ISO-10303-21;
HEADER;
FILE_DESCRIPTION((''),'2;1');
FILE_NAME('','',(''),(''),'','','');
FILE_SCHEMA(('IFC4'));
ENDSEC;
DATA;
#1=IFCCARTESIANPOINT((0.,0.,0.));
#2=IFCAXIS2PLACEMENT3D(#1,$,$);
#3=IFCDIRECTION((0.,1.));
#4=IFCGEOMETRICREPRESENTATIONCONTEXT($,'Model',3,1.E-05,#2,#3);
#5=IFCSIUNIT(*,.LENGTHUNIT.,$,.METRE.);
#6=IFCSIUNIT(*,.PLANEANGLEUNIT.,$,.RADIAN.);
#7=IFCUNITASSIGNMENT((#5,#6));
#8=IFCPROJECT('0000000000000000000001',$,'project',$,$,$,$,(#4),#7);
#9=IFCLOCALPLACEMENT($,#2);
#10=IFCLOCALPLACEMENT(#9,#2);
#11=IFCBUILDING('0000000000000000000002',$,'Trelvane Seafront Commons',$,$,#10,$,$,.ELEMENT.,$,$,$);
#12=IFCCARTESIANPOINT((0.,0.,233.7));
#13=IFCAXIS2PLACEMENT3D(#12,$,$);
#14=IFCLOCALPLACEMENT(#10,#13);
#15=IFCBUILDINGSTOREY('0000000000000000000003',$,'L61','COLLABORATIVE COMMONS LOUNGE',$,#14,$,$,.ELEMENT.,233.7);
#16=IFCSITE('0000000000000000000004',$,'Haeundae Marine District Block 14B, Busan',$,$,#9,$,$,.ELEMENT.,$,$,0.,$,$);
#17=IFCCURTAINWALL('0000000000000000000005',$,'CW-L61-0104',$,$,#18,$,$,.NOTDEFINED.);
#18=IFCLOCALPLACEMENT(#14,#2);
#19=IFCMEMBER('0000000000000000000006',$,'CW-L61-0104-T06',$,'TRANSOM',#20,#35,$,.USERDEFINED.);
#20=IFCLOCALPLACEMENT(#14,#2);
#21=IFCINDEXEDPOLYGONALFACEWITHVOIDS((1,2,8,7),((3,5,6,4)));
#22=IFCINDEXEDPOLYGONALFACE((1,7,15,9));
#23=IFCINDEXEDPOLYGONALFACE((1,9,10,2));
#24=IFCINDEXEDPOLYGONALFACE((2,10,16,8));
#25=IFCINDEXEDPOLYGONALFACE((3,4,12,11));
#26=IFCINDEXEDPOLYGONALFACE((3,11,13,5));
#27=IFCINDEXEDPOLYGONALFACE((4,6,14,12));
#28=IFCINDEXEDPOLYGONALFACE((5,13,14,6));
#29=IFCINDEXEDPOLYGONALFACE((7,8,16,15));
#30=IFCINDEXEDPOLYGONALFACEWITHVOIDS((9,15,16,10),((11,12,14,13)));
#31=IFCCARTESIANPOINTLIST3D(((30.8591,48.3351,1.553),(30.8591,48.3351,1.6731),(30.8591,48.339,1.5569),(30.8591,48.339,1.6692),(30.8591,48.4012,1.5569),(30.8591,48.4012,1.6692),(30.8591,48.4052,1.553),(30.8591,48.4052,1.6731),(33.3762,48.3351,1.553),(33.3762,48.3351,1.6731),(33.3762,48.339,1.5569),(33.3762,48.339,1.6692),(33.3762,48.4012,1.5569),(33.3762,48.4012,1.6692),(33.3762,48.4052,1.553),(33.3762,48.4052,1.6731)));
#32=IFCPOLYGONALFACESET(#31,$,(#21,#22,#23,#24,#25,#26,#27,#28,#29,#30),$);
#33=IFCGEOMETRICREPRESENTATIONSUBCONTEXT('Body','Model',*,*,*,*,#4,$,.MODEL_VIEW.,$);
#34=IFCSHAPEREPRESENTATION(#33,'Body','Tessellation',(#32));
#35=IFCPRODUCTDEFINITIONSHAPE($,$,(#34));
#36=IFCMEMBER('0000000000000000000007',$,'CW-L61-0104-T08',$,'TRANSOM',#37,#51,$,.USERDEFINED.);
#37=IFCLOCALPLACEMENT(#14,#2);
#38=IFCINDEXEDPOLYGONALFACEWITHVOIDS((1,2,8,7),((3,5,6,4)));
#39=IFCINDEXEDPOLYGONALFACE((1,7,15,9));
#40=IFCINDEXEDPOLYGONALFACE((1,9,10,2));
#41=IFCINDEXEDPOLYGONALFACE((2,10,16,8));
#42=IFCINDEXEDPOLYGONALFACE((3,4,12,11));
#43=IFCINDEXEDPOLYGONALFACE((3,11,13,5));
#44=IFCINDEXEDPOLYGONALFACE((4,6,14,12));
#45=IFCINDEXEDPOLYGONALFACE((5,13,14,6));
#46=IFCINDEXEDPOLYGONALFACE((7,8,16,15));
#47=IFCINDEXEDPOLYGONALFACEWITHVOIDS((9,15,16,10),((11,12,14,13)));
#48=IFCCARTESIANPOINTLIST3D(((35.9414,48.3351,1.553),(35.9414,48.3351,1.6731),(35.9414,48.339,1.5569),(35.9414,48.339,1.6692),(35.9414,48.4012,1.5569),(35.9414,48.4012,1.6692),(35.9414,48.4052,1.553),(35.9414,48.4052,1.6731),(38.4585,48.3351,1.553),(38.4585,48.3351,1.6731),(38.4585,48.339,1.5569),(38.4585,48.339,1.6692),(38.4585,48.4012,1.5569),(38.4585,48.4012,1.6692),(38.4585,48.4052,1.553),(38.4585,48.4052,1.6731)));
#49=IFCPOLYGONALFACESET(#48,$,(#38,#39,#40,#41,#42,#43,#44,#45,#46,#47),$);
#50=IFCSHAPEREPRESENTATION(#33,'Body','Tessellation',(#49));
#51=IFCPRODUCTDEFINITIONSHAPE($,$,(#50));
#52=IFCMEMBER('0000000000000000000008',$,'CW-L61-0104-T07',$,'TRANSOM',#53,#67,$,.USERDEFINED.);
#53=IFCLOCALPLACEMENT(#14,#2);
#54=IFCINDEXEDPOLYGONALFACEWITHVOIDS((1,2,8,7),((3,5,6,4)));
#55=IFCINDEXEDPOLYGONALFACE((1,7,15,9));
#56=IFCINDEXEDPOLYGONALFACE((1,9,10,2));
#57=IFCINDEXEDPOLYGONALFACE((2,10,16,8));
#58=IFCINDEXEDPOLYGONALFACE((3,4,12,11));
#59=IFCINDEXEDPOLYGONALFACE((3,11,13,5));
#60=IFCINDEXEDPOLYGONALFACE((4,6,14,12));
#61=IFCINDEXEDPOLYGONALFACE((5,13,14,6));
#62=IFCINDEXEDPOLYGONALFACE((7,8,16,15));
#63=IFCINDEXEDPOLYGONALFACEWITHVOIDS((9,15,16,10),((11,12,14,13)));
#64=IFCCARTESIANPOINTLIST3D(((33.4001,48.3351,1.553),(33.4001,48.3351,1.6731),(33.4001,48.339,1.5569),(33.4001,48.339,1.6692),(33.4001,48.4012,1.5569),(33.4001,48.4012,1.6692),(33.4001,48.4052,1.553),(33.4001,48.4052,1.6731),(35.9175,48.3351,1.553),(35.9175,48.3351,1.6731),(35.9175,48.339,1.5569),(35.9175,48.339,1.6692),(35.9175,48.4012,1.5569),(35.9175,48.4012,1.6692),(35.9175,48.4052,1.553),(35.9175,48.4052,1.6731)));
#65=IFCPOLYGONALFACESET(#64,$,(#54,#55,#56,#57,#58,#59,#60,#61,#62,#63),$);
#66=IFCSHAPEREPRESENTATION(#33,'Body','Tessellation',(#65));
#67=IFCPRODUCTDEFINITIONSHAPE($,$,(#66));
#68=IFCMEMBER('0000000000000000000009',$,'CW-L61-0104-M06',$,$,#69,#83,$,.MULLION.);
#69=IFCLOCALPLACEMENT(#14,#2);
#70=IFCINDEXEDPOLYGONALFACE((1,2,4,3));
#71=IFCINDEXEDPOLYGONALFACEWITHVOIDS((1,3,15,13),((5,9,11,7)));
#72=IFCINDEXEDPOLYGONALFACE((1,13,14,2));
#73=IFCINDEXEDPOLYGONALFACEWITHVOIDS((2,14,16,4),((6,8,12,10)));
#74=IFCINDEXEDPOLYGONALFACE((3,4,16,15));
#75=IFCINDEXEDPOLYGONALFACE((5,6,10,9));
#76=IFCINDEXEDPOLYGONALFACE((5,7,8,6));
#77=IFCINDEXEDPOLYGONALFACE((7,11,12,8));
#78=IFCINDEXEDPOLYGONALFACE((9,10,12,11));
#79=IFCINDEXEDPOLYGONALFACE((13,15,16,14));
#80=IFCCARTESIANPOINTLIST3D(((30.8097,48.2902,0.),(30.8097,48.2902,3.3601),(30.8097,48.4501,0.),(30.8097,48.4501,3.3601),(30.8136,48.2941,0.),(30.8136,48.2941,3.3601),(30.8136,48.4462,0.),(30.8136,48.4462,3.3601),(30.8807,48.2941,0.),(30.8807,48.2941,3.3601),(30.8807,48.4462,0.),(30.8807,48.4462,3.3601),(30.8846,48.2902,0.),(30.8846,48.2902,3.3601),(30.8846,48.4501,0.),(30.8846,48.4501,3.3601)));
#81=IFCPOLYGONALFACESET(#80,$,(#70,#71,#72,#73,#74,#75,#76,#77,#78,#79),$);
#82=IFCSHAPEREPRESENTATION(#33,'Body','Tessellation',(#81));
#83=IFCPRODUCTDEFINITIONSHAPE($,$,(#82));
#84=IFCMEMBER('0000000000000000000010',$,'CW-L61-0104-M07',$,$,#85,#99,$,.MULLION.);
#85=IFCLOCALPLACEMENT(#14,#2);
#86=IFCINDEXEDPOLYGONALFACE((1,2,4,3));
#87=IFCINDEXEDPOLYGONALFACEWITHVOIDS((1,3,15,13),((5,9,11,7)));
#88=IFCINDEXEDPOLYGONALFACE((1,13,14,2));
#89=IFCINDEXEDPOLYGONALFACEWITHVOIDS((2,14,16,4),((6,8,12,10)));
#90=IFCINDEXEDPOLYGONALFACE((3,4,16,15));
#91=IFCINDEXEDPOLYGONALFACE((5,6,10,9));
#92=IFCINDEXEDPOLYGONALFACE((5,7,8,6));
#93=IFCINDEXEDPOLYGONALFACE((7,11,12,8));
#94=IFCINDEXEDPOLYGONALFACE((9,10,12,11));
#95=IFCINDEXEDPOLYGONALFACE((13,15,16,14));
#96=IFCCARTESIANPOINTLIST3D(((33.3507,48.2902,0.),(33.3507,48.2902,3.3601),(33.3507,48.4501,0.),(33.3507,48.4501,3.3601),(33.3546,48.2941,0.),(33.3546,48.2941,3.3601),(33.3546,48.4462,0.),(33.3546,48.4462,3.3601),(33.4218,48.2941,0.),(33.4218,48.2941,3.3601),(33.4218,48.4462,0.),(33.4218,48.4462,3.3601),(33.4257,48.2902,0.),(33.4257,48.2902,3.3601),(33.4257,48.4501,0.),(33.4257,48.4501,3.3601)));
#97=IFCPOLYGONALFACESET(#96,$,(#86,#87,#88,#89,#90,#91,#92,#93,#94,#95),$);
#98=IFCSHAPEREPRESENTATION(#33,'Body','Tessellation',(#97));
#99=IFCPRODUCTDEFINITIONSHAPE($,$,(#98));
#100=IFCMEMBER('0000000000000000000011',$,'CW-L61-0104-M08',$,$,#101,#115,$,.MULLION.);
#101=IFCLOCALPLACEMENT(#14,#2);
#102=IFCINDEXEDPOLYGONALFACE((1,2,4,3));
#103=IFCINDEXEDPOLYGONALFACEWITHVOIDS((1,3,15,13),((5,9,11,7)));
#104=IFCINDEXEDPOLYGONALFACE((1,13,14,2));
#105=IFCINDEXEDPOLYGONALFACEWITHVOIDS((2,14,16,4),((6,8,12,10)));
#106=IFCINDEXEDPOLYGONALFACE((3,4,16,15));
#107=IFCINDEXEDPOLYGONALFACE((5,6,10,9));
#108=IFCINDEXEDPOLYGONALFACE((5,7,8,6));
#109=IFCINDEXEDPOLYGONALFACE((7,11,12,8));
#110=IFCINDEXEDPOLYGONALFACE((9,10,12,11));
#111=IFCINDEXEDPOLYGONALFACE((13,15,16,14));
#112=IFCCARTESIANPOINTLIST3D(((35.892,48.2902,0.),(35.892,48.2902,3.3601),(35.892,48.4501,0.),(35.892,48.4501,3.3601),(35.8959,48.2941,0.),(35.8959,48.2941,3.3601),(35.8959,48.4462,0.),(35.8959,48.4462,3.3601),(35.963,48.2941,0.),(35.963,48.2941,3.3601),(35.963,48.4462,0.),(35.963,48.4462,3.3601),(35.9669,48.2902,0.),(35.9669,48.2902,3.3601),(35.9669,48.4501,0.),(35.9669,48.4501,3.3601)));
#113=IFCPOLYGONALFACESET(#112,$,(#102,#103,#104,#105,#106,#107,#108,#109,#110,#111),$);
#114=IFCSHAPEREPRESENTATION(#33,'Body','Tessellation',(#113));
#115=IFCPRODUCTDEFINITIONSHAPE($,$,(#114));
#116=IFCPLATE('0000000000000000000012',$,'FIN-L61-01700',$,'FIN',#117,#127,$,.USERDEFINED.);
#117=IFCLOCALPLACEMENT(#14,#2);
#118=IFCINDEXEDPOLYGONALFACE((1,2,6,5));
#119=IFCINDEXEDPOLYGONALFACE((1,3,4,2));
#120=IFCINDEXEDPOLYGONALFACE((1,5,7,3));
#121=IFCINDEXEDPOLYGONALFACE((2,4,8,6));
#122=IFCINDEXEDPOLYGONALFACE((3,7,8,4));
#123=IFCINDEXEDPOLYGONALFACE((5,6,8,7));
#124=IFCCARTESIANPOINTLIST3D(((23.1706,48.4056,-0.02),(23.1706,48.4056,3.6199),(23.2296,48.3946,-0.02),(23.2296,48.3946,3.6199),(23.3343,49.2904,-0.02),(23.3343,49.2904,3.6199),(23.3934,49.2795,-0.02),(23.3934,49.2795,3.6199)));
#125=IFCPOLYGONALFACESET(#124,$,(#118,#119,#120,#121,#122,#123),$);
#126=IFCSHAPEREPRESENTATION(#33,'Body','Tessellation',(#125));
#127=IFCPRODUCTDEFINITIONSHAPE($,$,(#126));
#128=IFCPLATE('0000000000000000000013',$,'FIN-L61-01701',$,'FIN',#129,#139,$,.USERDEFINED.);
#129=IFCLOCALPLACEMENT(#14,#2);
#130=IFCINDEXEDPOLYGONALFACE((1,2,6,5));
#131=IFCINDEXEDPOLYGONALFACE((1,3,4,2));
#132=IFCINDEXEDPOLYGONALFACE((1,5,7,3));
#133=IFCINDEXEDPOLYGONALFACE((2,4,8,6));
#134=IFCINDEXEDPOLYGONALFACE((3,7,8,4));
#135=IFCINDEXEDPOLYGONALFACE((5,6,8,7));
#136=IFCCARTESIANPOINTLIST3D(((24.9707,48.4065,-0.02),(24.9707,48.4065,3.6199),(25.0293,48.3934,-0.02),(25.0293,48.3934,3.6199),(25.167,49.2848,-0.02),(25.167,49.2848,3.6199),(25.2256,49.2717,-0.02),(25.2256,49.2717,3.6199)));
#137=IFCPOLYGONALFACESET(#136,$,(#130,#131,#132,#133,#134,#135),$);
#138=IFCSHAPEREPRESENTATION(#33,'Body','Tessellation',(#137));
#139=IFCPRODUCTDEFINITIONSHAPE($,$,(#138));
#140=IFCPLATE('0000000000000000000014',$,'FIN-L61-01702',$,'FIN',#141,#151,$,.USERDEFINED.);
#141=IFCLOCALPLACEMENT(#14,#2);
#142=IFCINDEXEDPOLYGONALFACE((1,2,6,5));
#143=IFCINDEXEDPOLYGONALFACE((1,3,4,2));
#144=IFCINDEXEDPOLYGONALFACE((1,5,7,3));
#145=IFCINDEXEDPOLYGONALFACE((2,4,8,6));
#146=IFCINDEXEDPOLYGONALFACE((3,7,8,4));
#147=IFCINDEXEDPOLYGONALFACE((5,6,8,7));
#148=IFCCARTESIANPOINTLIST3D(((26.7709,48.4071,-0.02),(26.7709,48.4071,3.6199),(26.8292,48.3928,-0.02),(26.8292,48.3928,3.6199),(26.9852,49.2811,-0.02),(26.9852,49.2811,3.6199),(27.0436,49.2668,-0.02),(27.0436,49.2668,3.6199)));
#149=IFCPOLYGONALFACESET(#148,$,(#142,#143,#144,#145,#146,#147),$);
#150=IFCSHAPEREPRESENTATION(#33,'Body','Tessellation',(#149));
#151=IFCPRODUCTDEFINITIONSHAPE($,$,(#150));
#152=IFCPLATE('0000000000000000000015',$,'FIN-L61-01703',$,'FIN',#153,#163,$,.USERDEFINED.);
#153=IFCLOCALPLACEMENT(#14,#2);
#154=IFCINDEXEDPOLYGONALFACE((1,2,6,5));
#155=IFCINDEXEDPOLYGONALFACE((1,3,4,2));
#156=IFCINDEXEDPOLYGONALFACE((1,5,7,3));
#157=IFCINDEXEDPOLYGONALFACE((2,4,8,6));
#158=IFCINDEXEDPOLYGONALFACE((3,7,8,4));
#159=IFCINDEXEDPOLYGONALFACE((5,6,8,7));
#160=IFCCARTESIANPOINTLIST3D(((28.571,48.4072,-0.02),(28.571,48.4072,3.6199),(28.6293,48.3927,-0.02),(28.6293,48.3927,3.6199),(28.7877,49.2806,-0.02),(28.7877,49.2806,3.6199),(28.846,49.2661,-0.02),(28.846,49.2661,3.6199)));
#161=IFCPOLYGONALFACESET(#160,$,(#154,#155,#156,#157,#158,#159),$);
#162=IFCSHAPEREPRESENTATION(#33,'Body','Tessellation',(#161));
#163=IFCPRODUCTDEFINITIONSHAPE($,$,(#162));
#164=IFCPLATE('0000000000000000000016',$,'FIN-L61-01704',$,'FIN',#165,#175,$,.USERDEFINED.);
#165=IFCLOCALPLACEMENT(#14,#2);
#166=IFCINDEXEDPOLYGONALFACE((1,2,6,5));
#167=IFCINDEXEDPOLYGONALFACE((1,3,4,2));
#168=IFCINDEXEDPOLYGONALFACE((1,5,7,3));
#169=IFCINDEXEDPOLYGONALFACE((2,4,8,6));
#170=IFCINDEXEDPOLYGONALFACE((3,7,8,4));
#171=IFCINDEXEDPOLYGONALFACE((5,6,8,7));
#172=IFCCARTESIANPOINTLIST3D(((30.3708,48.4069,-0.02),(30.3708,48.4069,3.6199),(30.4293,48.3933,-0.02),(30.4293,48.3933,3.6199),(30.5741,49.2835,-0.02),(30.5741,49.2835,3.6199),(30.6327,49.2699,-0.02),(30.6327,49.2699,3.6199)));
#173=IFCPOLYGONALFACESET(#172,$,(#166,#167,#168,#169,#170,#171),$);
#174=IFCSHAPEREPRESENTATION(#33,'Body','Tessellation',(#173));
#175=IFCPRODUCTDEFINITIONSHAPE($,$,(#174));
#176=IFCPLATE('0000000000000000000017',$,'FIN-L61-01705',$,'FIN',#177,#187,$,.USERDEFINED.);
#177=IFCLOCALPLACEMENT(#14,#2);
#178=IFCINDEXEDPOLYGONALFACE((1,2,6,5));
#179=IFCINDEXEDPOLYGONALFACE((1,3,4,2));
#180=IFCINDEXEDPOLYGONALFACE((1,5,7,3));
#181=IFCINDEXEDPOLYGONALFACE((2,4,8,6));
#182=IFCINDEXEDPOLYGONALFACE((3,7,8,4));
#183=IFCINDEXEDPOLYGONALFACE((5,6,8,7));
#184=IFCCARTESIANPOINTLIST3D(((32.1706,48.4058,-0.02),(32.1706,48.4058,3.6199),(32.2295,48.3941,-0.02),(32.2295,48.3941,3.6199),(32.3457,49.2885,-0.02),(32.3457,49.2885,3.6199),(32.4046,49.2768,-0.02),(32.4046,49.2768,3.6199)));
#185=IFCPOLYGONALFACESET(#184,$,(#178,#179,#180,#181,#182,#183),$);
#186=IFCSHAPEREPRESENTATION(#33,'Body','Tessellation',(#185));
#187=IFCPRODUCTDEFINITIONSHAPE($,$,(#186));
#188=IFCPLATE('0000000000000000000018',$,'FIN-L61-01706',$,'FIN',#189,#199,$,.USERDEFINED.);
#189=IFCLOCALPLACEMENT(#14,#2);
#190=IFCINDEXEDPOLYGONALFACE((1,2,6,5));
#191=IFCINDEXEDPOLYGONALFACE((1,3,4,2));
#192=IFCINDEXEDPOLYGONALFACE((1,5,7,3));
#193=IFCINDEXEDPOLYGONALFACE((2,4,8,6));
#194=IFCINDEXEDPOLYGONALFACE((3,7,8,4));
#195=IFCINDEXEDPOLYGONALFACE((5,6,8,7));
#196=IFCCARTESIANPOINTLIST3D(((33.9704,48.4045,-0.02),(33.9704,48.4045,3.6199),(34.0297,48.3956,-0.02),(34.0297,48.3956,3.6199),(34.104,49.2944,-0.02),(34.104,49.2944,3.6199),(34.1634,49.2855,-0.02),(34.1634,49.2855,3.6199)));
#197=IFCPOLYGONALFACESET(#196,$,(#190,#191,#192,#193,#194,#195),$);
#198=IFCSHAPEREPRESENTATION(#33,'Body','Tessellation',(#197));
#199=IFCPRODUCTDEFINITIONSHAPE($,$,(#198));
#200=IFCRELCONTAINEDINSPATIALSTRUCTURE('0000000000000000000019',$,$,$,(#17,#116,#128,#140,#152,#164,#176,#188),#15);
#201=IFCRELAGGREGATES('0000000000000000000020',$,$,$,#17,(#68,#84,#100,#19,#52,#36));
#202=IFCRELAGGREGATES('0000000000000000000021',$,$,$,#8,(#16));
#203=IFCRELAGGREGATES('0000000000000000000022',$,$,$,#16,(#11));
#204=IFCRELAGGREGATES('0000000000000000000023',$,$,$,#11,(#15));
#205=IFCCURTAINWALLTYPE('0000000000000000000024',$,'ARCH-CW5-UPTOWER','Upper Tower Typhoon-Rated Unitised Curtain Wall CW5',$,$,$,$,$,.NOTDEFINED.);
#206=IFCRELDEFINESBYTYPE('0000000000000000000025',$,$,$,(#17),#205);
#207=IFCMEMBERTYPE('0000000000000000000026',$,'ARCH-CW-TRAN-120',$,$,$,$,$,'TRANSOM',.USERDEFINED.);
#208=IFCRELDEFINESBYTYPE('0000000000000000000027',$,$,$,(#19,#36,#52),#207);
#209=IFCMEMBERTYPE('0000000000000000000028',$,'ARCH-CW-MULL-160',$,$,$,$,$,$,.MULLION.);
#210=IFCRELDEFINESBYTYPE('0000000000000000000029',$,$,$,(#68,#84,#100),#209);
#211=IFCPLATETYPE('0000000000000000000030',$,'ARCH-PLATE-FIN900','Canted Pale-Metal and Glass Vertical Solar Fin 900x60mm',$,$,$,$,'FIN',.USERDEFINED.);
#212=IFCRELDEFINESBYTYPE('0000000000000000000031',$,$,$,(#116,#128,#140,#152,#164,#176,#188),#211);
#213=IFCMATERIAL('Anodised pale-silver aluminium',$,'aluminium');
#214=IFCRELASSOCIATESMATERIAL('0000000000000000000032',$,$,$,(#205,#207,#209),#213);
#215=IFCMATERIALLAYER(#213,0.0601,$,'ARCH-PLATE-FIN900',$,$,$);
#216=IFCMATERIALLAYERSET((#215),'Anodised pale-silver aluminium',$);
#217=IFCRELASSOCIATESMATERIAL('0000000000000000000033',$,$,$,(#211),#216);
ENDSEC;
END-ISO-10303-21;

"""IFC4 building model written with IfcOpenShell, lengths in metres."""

from ifc_helpers import new_model, si_unit, direction, frame, origin, origin_2d, place, context, subcontext, project, spatial, rectangle, hollow_rectangle, extrude, source, transform, mapped, material, layer, layer_set, material_profile, profile_set, type_object, element, aggregate, save


model = new_model("IFC4")

# Units and contexts
model_context = context("Model", 3, precision=1e-05, world=origin(), true_north=direction((0.0, 1.0)))
body_context = subcontext(model_context, "Body", "Model", "MODEL_VIEW")
ifc_project = project(units=[si_unit("LENGTHUNIT", "METRE"), si_unit("PLANEANGLEUNIT", "RADIAN")], contexts=[model_context])

# Site, building, storey
site_placement = place(None, origin())
site = spatial("IfcSite", under=ifc_project, at=site_placement, Name="Haeundae Marine District Block 14B, Busan", CompositionType="ELEMENT", RefElevation=0.0)
building_placement = place(site_placement, origin())
building = spatial("IfcBuilding", under=site, at=building_placement, Name="Trelvane Seafront Commons", CompositionType="ELEMENT")
storey_placement = place(building_placement, frame((0.0, 0.0, 233.7)))
storey = spatial("IfcBuildingStorey", under=building, at=storey_placement, Name="L61", Description="COLLABORATIVE COMMONS LOUNGE", CompositionType="ELEMENT", Elevation=233.7)

# Curtain wall, members
ifc_material_1 = material(Name="Anodised pale-silver aluminium", Category="aluminium")
curtain_wall_type = type_object("IfcCurtainWallType", Name="ARCH-CW5-UPTOWER", Description="Upper Tower Typhoon-Rated Unitised Curtain Wall CW5", PredefinedType="NOTDEFINED", material=ifc_material_1)
curtain_wall_placement = place(storey_placement, origin())
curtain_wall = element("IfcCurtainWall", 1, at=curtain_wall_placement, inside=storey, type_object=curtain_wall_type, Name="CW-L61-0104", PredefinedType="NOTDEFINED")
ifc_material_profile_1 = material_profile(ifc_material_1, hollow_rectangle(XDim=0.0701, YDim=0.1201, WallThickness=0.0039, at=origin_2d()), Name="TRAN-70x120x4")
ifc_profile_set_1 = profile_set([ifc_material_profile_1], Name="Anodised pale-silver aluminium")
member_type_1 = type_object("IfcMemberType", Name="ARCH-CW-TRAN-120", ElementType="TRANSOM", PredefinedType="USERDEFINED", material=ifc_profile_set_1)
shared_shape_1 = source(origin(), body_context, "Body", "SweptSolid", [
    extrude(hollow_rectangle(XDim=0.0701, YDim=0.1201, WallThickness=0.0039, at=origin_2d()), origin(), (0.0, 0.0, 1.0), 2.5171),
])
member_1_placement = place(storey_placement, frame((30.8591, 48.3701, 1.613), z_axis=(1.0, 0.0, 0.0), x_axis=(0.0, 1.0, 0.0)))
member_1 = element("IfcMember", 2, at=member_1_placement, type_object=member_type_1, Name="CW-L61-0104-T06", ObjectType="TRANSOM", PredefinedType="USERDEFINED", context=body_context, shape_type="MappedRepresentation", body=[
    mapped(shared_shape_1, transform((0.0, 0.0, 0.0), x_axis=(1.0, 0.0, 0.0), y_axis=(0.0, 1.0, 0.0), z_axis=(0.0, 0.0, 1.0), scale=1.0)),
])
member_2_placement = place(storey_placement, frame((35.9414, 48.3701, 1.613), z_axis=(1.0, 0.0, 0.0), x_axis=(0.0, 1.0, 0.0)))
member_2 = element("IfcMember", 3, at=member_2_placement, type_object=member_type_1, Name="CW-L61-0104-T08", ObjectType="TRANSOM", PredefinedType="USERDEFINED", context=body_context, shape_type="MappedRepresentation", body=[
    mapped(shared_shape_1, transform((0.0, 0.0, 0.0), x_axis=(1.0, 0.0, 0.0), y_axis=(0.0, 1.0, 0.0), z_axis=(0.0, 0.0, 1.0), scale=1.0)),
])
shared_shape_2 = source(origin(), body_context, "Body", "SweptSolid", [
    extrude(hollow_rectangle(XDim=0.0701, YDim=0.1201, WallThickness=0.0039, at=origin_2d()), origin(), (0.0, 0.0, 1.0), 2.5173),
])
member_3_placement = place(storey_placement, frame((33.4001, 48.3701, 1.613), z_axis=(1.0, 0.0, 0.0), x_axis=(0.0, 1.0, 0.0)))
member_3 = element("IfcMember", 4, at=member_3_placement, type_object=member_type_1, Name="CW-L61-0104-T07", ObjectType="TRANSOM", PredefinedType="USERDEFINED", context=body_context, shape_type="MappedRepresentation", body=[
    mapped(shared_shape_2, transform((0.0, 0.0, 0.0), x_axis=(1.0, 0.0, 0.0), y_axis=(0.0, 1.0, 0.0), z_axis=(0.0, 0.0, 1.0), scale=1.0)),
])
ifc_material_profile_2 = material_profile(ifc_material_1, hollow_rectangle(XDim=0.075, YDim=0.1599, WallThickness=0.0039, at=origin_2d()), Name="MULL-75x160x4")
ifc_profile_set_2 = profile_set([ifc_material_profile_2], Name="Anodised pale-silver aluminium")
member_type_2 = type_object("IfcMemberType", Name="ARCH-CW-MULL-160", PredefinedType="MULLION", material=ifc_profile_set_2)
shared_shape_3 = source(origin(), body_context, "Body", "SweptSolid", [
    extrude(hollow_rectangle(XDim=0.075, YDim=0.1599, WallThickness=0.0039, at=origin_2d()), origin(), (0.0, 0.0, 1.0), 3.3601),
])
member_4_placement = place(storey_placement, frame((30.8472, 48.3701, 0.0), z_axis=(0.0, 0.0, 1.0), x_axis=(1.0, 0.0, 0.0)))
member_4 = element("IfcMember", 5, at=member_4_placement, type_object=member_type_2, Name="CW-L61-0104-M06", PredefinedType="MULLION", context=body_context, shape_type="MappedRepresentation", body=[
    mapped(shared_shape_3, transform((0.0, 0.0, 0.0), x_axis=(1.0, 0.0, 0.0), y_axis=(0.0, 1.0, 0.0), z_axis=(0.0, 0.0, 1.0), scale=1.0)),
])
member_5_placement = place(storey_placement, frame((33.3882, 48.3701, 0.0), z_axis=(0.0, 0.0, 1.0), x_axis=(1.0, 0.0, 0.0)))
member_5 = element("IfcMember", 6, at=member_5_placement, type_object=member_type_2, Name="CW-L61-0104-M07", PredefinedType="MULLION", context=body_context, shape_type="MappedRepresentation", body=[
    mapped(shared_shape_3, transform((0.0, 0.0, 0.0), x_axis=(1.0, 0.0, 0.0), y_axis=(0.0, 1.0, 0.0), z_axis=(0.0, 0.0, 1.0), scale=1.0)),
])
member_6_placement = place(storey_placement, frame((35.9294, 48.3701, 0.0), z_axis=(0.0, 0.0, 1.0), x_axis=(1.0, 0.0, 0.0)))
member_6 = element("IfcMember", 7, at=member_6_placement, type_object=member_type_2, Name="CW-L61-0104-M08", PredefinedType="MULLION", context=body_context, shape_type="MappedRepresentation", body=[
    mapped(shared_shape_3, transform((0.0, 0.0, 0.0), x_axis=(1.0, 0.0, 0.0), y_axis=(0.0, 1.0, 0.0), z_axis=(0.0, 0.0, 1.0), scale=1.0)),
])

# Plates
ifc_layer_1 = layer(ifc_material_1, 0.0601, Name="ARCH-PLATE-FIN900")
ifc_layer_set_1 = layer_set([ifc_layer_1], Name="Anodised pale-silver aluminium")
plate_type_1 = type_object("IfcPlateType", Name="ARCH-PLATE-FIN900", Description="Canted Pale-Metal and Glass Vertical Solar Fin 900x60mm", ElementType="FIN", PredefinedType="USERDEFINED", material=ifc_layer_set_1)
shared_shape_4 = source(origin(), body_context, "Body", "SweptSolid", [
    extrude(rectangle(XDim=0.8999, YDim=0.0601, at=origin_2d()), origin(), (0.0, 0.0, 1.0), 3.6399),
])
for number, where, z_axis, x_axis, name in (
    (8, (23.282, 48.8425, -0.02), (0.0, 0.0, 1.0), (0.181994, 0.9833, 0.0), "FIN-L61-01700"),
    (9, (25.0981, 48.8391, -0.02), (0.0, 0.0, 1.0), (0.218119, 0.975922, 0.0), "FIN-L61-01701"),
    (10, (26.9072, 48.8369, -0.02), (0.0, 0.0, 1.0), (0.23822, 0.971211, 0.0), "FIN-L61-01702"),
    (11, (28.7085, 48.8367, -0.02), (0.0, 0.0, 1.0), (0.240889, 0.970553, 0.0), "FIN-L61-01703"),
    (12, (30.5017, 48.8384, -0.02), (0.0, 0.0, 1.0), (0.226004, 0.974126, 0.0), "FIN-L61-01704"),
    (13, (32.2876, 48.8413, -0.02), (0.0, 0.0, 1.0), (0.194556, 0.980891, 0.0), "FIN-L61-01705"),
    (14, (34.0669, 48.845, -0.02), (0.0, 0.0, 1.0), (0.148559, 0.988904, 0.0), "FIN-L61-01706"),
):
    element("IfcPlate", number, at=place(storey_placement, frame(where, z_axis=z_axis, x_axis=x_axis)), inside=storey, type_object=plate_type_1, Name=name, ObjectType="FIN", PredefinedType="USERDEFINED", context=body_context, shape_type="MappedRepresentation", body=[
        mapped(shared_shape_4, transform((0.0, 0.0, 0.0), x_axis=(1.0, 0.0, 0.0), y_axis=(0.0, 1.0, 0.0), z_axis=(0.0, 0.0, 1.0), scale=1.0)),
    ])

aggregate(curtain_wall, [member_4, member_5, member_6, member_1, member_3, member_2])

save(model, "model.ifc")
